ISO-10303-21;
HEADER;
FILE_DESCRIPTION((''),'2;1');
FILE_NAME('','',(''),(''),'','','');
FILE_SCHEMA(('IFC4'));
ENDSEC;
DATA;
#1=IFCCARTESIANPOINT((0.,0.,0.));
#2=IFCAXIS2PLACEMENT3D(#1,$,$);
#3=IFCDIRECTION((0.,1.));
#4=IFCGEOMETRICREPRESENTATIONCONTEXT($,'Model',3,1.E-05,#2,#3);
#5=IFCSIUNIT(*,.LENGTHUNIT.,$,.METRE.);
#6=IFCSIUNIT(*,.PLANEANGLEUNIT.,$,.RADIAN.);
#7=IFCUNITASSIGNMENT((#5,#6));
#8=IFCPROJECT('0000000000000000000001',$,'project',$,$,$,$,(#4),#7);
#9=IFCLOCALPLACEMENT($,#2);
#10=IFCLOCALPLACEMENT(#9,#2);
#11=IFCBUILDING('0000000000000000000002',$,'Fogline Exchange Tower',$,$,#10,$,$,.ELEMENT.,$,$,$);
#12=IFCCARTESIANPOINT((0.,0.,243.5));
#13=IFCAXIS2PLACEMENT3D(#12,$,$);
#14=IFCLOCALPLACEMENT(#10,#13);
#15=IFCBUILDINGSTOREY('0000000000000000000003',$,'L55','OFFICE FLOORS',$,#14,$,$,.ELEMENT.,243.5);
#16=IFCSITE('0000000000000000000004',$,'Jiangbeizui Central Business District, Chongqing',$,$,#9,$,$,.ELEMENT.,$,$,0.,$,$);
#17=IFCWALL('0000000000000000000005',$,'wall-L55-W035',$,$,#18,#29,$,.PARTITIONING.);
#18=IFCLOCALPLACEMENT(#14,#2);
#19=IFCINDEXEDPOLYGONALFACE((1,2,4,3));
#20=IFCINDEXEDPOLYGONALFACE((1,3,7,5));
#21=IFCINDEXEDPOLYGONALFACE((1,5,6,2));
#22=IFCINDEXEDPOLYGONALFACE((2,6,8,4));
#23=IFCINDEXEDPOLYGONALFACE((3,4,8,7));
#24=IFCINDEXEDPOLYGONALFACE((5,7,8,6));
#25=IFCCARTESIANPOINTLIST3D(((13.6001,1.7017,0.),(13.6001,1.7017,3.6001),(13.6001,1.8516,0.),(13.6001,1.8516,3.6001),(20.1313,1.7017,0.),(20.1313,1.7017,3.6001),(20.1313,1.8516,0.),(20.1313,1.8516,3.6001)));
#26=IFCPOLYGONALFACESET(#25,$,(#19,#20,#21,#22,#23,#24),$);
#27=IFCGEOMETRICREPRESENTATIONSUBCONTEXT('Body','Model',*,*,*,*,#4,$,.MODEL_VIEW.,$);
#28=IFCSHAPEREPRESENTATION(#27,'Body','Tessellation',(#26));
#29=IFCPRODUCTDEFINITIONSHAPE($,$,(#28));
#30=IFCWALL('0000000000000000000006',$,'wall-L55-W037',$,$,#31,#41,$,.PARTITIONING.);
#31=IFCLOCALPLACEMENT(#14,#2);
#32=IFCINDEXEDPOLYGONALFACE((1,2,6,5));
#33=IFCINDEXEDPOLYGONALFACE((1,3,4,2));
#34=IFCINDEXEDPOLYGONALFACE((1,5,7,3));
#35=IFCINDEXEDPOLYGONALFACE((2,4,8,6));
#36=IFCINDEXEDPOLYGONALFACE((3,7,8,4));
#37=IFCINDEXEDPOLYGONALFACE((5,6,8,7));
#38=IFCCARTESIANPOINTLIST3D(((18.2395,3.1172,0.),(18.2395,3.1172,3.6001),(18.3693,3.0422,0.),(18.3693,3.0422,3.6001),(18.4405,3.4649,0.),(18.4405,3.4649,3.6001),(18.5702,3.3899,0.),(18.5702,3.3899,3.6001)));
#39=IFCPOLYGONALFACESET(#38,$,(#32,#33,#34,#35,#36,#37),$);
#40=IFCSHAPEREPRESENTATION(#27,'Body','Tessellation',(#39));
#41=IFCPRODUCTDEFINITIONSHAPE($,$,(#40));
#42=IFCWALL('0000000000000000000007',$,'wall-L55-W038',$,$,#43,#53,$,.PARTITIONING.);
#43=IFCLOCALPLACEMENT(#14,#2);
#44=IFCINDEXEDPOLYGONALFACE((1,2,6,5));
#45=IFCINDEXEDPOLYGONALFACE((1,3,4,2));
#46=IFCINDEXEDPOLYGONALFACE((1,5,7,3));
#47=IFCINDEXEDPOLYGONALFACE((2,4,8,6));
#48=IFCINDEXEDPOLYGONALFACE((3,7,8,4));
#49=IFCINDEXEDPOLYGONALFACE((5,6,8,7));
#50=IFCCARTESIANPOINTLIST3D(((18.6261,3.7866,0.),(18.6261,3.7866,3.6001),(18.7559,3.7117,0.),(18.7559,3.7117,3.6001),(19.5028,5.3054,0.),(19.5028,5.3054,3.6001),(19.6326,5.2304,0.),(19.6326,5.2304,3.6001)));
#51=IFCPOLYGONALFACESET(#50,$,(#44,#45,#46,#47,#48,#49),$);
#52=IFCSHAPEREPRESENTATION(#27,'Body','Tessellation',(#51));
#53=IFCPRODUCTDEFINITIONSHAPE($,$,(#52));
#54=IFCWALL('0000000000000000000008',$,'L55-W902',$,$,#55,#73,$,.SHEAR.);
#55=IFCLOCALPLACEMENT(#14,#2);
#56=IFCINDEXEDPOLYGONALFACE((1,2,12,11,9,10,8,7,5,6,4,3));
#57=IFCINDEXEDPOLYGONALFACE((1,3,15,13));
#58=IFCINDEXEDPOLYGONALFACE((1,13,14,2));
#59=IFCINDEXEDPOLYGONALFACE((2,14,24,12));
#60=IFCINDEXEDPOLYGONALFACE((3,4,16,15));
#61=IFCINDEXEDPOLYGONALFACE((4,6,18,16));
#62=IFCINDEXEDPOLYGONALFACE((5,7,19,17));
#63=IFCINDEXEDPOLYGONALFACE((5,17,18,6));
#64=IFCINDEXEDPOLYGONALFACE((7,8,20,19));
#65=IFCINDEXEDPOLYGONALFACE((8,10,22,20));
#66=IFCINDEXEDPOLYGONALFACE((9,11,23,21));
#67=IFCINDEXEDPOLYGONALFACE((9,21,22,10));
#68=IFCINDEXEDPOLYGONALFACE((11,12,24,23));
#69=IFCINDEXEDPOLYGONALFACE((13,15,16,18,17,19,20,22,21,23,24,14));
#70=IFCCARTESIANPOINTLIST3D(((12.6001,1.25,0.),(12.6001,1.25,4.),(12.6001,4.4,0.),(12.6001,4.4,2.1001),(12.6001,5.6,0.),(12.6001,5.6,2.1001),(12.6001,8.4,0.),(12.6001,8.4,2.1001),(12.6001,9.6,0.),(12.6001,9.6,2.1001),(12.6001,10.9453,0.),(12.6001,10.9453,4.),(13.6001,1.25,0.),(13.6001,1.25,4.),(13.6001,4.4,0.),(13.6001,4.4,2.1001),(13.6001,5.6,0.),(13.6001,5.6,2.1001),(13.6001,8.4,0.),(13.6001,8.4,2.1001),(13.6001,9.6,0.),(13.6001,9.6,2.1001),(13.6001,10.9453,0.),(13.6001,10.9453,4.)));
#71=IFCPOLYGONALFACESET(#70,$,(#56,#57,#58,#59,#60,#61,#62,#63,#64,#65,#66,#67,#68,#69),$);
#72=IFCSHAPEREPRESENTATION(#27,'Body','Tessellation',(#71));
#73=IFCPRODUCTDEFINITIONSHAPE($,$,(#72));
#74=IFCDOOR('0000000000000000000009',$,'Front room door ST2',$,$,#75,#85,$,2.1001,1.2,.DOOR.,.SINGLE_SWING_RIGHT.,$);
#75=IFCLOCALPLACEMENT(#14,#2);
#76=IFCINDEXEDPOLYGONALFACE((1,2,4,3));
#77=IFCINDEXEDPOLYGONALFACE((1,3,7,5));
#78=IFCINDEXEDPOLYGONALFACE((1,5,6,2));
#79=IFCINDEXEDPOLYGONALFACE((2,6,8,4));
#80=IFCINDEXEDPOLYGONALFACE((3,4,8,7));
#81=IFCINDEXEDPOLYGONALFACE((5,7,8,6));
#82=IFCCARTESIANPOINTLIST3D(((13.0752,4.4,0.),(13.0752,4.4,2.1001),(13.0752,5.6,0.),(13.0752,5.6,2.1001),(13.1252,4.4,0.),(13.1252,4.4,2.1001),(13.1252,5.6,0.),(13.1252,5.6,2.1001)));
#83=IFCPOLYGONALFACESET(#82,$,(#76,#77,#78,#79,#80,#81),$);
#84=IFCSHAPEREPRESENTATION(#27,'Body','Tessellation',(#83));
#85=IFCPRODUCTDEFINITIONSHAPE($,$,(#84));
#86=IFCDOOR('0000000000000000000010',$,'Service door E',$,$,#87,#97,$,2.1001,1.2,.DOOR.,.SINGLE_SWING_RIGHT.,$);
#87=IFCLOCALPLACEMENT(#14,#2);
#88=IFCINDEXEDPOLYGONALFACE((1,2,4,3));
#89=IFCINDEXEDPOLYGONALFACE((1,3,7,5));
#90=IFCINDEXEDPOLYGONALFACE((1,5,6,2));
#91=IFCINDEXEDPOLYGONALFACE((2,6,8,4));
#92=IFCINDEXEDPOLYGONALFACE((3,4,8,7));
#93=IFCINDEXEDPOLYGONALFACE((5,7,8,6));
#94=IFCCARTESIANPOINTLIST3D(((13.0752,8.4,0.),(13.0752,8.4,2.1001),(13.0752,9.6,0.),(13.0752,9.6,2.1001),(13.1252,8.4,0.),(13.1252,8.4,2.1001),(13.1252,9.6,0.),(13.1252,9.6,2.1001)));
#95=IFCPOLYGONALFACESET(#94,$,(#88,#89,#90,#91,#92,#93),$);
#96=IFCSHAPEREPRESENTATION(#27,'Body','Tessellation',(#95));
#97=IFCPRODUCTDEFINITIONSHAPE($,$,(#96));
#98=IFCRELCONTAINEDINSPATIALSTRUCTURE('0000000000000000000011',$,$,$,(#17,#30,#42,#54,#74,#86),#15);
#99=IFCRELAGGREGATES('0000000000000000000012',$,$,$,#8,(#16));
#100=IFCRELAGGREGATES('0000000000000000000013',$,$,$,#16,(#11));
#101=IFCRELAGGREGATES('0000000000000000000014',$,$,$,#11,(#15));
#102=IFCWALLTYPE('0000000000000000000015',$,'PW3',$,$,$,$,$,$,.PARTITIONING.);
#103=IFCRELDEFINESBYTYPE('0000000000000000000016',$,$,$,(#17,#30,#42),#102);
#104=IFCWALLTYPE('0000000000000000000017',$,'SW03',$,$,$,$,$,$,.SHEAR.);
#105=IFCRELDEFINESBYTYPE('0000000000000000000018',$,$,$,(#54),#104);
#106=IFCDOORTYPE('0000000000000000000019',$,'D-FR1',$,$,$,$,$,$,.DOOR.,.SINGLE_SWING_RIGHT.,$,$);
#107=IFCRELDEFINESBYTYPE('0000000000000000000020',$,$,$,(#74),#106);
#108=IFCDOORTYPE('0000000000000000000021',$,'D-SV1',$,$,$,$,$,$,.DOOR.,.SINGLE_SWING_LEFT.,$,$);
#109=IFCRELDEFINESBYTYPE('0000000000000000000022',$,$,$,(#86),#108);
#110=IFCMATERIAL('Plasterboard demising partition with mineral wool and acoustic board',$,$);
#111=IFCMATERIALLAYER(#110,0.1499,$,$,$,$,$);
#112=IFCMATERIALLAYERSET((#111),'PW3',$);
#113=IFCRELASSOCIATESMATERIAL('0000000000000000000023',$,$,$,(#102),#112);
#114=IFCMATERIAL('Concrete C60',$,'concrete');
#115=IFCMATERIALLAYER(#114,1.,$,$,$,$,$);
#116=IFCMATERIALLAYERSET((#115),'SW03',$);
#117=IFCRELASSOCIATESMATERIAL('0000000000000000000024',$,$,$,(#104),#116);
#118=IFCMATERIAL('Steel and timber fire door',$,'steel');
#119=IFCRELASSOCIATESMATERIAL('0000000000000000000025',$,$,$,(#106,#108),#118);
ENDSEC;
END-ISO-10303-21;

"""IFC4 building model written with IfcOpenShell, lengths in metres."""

from ifc_helpers import new_model, si_unit, direction, frame, frame_2d, origin, place, context, subcontext, project, spatial, rectangle, extrude, material, layer, layer_set, type_object, element, fill, save


model = new_model("IFC4")

# Units and contexts
model_context = context("Model", 3, precision=1e-05, world=origin(), true_north=direction((0.0, 1.0)))
body_context = subcontext(model_context, "Body", "Model", "MODEL_VIEW")
ifc_project = project(units=[si_unit("LENGTHUNIT", "METRE"), si_unit("PLANEANGLEUNIT", "RADIAN")], contexts=[model_context])

# Site, building, storey
site_placement = place(None, origin())
site = spatial("IfcSite", under=ifc_project, at=site_placement, Name="Jiangbeizui Central Business District, Chongqing", CompositionType="ELEMENT", RefElevation=0.0)
building_placement = place(site_placement, origin())
building = spatial("IfcBuilding", under=site, at=building_placement, Name="Fogline Exchange Tower", CompositionType="ELEMENT")
storey_placement = place(building_placement, frame((0.0, 0.0, 243.5)))
storey = spatial("IfcBuildingStorey", under=building, at=storey_placement, Name="L55", Description="OFFICE FLOORS", CompositionType="ELEMENT", Elevation=243.5)

# Shared definitions
ifc_material_1 = material(Name="Concrete C60", Category="concrete")

# Shared definitions
ifc_material_2 = material(Name="Steel and timber fire door", Category="steel")

# Walls
ifc_material_3 = material(Name="Plasterboard demising partition with mineral wool and acoustic board")
ifc_layer_1 = layer(ifc_material_3, 0.1499)
ifc_layer_set_1 = layer_set([ifc_layer_1], Name="PW3")
wall_type_1 = type_object("IfcWallType", Name="PW3", PredefinedType="PARTITIONING", material=ifc_layer_set_1)
wall_1_placement = place(storey_placement, frame((13.6001, 1.7766, 0.0), z_axis=(0.0, 0.0, 1.0), x_axis=(1.0, 0.0, 0.0)))
element("IfcWall", 1, at=wall_1_placement, inside=storey, type_object=wall_type_1, Name="wall-L55-W035", PredefinedType="PARTITIONING", context=body_context, shape_type="SweptSolid", body=[
    extrude(rectangle(XDim=6.5312, YDim=0.1499, at=frame_2d((3.2656, 0.0))), origin(), (0.0, 0.0, 1.0), 3.6001),
])
wall_2_placement = place(storey_placement, frame((18.3044, 3.0798, 0.0), z_axis=(0.0, 0.0, 1.0), x_axis=(0.500389, 0.865801, 0.0)))
element("IfcWall", 2, at=wall_2_placement, inside=storey, type_object=wall_type_1, Name="wall-L55-W037", PredefinedType="PARTITIONING", context=body_context, shape_type="SweptSolid", body=[
    extrude(rectangle(XDim=0.4016, YDim=0.1499, at=frame_2d((0.2007, 0.0))), origin(), (0.0, 0.0, 1.0), 3.6001),
])
wall_3_placement = place(storey_placement, frame((18.6909, 3.749, 0.0), z_axis=(0.0, 0.0, 1.0), x_axis=(0.499927, 0.866067, 0.0)))
element("IfcWall", 3, at=wall_3_placement, inside=storey, type_object=wall_type_1, Name="wall-L55-W038", PredefinedType="PARTITIONING", context=body_context, shape_type="SweptSolid", body=[
    extrude(rectangle(XDim=1.7537, YDim=0.1499, at=frame_2d((0.877, 0.0))), origin(), (0.0, 0.0, 1.0), 3.6001),
])

# Wall, openings, doors
ifc_layer_2 = layer(ifc_material_1, 1.0)
ifc_layer_set_2 = layer_set([ifc_layer_2], Name="SW03")
wall_type_2 = type_object("IfcWallType", Name="SW03", PredefinedType="SHEAR", material=ifc_layer_set_2)
wall_4_placement = place(storey_placement, frame((13.1001, 1.25, 0.0), z_axis=(0.0, 0.0, 1.0), x_axis=(0.0, 1.0, 0.0)))
wall_4 = element("IfcWall", 4, at=wall_4_placement, inside=storey, type_object=wall_type_2, Name="L55-W902", PredefinedType="SHEAR", context=body_context, shape_type="SweptSolid", body=[
    extrude(rectangle(XDim=9.6953, YDim=1.0, at=frame_2d((4.8477, 0.0))), origin(), (0.0, 0.0, 1.0), 4.0),
])
opening_1_placement = place(wall_4_placement, frame((3.1499, 0.0, 0.0)))
opening_1 = element("IfcOpeningElement", 5, at=opening_1_placement, cuts=wall_4, PredefinedType="OPENING", context=body_context, shape_type="SweptSolid", body=[
    extrude(rectangle(XDim=1.2, YDim=2.1001, at=frame_2d((0.6001, 1.05))), frame((0.0, 0.51, 0.0), z_axis=(0.0, -1.0, 0.0), x_axis=(1.0, 0.0, 0.0)), (0.0, 0.0, 1.0), 1.02),
])
opening_2_placement = place(wall_4_placement, frame((7.1499, 0.0, 0.0)))
opening_2 = element("IfcOpeningElement", 6, at=opening_2_placement, cuts=wall_4, PredefinedType="OPENING", context=body_context, shape_type="SweptSolid", body=[
    extrude(rectangle(XDim=1.2, YDim=2.1001, at=frame_2d((0.6001, 1.05))), frame((0.0, 0.51, 0.0), z_axis=(0.0, -1.0, 0.0), x_axis=(1.0, 0.0, 0.0)), (0.0, 0.0, 1.0), 1.02),
])
door_type_1 = type_object("IfcDoorType", Name="D-FR1", OperationType="SINGLE_SWING_RIGHT", PredefinedType="DOOR", material=ifc_material_2)
door_1_placement = place(opening_1_placement, origin())
door_1 = element("IfcDoor", 7, at=door_1_placement, inside=storey, type_object=door_type_1, Name="Front room door ST2", OperationType="SINGLE_SWING_RIGHT", OverallHeight=2.1001, OverallWidth=1.2, PredefinedType="DOOR", context=body_context, shape_type="SweptSolid", body=[
    extrude(rectangle(XDim=1.2, YDim=2.1001, at=frame_2d((0.6001, 1.05))), frame((0.0, 0.0249, 0.0), z_axis=(0.0, -1.0, 0.0), x_axis=(1.0, 0.0, 0.0)), (0.0, 0.0, 1.0), 0.05),
])
fill(opening_1, door_1)
door_type_2 = type_object("IfcDoorType", Name="D-SV1", OperationType="SINGLE_SWING_LEFT", PredefinedType="DOOR", material=ifc_material_2)
door_2_placement = place(opening_2_placement, origin())
door_2 = element("IfcDoor", 8, at=door_2_placement, inside=storey, type_object=door_type_2, Name="Service door E", OperationType="SINGLE_SWING_RIGHT", OverallHeight=2.1001, OverallWidth=1.2, PredefinedType="DOOR", context=body_context, shape_type="SweptSolid", body=[
    extrude(rectangle(XDim=1.2, YDim=2.1001, at=frame_2d((0.6001, 1.05))), frame((0.0, 0.0249, 0.0), z_axis=(0.0, -1.0, 0.0), x_axis=(1.0, 0.0, 0.0)), (0.0, 0.0, 1.0), 0.05),
])
fill(opening_2, door_2)

save(model, "model.ifc")
